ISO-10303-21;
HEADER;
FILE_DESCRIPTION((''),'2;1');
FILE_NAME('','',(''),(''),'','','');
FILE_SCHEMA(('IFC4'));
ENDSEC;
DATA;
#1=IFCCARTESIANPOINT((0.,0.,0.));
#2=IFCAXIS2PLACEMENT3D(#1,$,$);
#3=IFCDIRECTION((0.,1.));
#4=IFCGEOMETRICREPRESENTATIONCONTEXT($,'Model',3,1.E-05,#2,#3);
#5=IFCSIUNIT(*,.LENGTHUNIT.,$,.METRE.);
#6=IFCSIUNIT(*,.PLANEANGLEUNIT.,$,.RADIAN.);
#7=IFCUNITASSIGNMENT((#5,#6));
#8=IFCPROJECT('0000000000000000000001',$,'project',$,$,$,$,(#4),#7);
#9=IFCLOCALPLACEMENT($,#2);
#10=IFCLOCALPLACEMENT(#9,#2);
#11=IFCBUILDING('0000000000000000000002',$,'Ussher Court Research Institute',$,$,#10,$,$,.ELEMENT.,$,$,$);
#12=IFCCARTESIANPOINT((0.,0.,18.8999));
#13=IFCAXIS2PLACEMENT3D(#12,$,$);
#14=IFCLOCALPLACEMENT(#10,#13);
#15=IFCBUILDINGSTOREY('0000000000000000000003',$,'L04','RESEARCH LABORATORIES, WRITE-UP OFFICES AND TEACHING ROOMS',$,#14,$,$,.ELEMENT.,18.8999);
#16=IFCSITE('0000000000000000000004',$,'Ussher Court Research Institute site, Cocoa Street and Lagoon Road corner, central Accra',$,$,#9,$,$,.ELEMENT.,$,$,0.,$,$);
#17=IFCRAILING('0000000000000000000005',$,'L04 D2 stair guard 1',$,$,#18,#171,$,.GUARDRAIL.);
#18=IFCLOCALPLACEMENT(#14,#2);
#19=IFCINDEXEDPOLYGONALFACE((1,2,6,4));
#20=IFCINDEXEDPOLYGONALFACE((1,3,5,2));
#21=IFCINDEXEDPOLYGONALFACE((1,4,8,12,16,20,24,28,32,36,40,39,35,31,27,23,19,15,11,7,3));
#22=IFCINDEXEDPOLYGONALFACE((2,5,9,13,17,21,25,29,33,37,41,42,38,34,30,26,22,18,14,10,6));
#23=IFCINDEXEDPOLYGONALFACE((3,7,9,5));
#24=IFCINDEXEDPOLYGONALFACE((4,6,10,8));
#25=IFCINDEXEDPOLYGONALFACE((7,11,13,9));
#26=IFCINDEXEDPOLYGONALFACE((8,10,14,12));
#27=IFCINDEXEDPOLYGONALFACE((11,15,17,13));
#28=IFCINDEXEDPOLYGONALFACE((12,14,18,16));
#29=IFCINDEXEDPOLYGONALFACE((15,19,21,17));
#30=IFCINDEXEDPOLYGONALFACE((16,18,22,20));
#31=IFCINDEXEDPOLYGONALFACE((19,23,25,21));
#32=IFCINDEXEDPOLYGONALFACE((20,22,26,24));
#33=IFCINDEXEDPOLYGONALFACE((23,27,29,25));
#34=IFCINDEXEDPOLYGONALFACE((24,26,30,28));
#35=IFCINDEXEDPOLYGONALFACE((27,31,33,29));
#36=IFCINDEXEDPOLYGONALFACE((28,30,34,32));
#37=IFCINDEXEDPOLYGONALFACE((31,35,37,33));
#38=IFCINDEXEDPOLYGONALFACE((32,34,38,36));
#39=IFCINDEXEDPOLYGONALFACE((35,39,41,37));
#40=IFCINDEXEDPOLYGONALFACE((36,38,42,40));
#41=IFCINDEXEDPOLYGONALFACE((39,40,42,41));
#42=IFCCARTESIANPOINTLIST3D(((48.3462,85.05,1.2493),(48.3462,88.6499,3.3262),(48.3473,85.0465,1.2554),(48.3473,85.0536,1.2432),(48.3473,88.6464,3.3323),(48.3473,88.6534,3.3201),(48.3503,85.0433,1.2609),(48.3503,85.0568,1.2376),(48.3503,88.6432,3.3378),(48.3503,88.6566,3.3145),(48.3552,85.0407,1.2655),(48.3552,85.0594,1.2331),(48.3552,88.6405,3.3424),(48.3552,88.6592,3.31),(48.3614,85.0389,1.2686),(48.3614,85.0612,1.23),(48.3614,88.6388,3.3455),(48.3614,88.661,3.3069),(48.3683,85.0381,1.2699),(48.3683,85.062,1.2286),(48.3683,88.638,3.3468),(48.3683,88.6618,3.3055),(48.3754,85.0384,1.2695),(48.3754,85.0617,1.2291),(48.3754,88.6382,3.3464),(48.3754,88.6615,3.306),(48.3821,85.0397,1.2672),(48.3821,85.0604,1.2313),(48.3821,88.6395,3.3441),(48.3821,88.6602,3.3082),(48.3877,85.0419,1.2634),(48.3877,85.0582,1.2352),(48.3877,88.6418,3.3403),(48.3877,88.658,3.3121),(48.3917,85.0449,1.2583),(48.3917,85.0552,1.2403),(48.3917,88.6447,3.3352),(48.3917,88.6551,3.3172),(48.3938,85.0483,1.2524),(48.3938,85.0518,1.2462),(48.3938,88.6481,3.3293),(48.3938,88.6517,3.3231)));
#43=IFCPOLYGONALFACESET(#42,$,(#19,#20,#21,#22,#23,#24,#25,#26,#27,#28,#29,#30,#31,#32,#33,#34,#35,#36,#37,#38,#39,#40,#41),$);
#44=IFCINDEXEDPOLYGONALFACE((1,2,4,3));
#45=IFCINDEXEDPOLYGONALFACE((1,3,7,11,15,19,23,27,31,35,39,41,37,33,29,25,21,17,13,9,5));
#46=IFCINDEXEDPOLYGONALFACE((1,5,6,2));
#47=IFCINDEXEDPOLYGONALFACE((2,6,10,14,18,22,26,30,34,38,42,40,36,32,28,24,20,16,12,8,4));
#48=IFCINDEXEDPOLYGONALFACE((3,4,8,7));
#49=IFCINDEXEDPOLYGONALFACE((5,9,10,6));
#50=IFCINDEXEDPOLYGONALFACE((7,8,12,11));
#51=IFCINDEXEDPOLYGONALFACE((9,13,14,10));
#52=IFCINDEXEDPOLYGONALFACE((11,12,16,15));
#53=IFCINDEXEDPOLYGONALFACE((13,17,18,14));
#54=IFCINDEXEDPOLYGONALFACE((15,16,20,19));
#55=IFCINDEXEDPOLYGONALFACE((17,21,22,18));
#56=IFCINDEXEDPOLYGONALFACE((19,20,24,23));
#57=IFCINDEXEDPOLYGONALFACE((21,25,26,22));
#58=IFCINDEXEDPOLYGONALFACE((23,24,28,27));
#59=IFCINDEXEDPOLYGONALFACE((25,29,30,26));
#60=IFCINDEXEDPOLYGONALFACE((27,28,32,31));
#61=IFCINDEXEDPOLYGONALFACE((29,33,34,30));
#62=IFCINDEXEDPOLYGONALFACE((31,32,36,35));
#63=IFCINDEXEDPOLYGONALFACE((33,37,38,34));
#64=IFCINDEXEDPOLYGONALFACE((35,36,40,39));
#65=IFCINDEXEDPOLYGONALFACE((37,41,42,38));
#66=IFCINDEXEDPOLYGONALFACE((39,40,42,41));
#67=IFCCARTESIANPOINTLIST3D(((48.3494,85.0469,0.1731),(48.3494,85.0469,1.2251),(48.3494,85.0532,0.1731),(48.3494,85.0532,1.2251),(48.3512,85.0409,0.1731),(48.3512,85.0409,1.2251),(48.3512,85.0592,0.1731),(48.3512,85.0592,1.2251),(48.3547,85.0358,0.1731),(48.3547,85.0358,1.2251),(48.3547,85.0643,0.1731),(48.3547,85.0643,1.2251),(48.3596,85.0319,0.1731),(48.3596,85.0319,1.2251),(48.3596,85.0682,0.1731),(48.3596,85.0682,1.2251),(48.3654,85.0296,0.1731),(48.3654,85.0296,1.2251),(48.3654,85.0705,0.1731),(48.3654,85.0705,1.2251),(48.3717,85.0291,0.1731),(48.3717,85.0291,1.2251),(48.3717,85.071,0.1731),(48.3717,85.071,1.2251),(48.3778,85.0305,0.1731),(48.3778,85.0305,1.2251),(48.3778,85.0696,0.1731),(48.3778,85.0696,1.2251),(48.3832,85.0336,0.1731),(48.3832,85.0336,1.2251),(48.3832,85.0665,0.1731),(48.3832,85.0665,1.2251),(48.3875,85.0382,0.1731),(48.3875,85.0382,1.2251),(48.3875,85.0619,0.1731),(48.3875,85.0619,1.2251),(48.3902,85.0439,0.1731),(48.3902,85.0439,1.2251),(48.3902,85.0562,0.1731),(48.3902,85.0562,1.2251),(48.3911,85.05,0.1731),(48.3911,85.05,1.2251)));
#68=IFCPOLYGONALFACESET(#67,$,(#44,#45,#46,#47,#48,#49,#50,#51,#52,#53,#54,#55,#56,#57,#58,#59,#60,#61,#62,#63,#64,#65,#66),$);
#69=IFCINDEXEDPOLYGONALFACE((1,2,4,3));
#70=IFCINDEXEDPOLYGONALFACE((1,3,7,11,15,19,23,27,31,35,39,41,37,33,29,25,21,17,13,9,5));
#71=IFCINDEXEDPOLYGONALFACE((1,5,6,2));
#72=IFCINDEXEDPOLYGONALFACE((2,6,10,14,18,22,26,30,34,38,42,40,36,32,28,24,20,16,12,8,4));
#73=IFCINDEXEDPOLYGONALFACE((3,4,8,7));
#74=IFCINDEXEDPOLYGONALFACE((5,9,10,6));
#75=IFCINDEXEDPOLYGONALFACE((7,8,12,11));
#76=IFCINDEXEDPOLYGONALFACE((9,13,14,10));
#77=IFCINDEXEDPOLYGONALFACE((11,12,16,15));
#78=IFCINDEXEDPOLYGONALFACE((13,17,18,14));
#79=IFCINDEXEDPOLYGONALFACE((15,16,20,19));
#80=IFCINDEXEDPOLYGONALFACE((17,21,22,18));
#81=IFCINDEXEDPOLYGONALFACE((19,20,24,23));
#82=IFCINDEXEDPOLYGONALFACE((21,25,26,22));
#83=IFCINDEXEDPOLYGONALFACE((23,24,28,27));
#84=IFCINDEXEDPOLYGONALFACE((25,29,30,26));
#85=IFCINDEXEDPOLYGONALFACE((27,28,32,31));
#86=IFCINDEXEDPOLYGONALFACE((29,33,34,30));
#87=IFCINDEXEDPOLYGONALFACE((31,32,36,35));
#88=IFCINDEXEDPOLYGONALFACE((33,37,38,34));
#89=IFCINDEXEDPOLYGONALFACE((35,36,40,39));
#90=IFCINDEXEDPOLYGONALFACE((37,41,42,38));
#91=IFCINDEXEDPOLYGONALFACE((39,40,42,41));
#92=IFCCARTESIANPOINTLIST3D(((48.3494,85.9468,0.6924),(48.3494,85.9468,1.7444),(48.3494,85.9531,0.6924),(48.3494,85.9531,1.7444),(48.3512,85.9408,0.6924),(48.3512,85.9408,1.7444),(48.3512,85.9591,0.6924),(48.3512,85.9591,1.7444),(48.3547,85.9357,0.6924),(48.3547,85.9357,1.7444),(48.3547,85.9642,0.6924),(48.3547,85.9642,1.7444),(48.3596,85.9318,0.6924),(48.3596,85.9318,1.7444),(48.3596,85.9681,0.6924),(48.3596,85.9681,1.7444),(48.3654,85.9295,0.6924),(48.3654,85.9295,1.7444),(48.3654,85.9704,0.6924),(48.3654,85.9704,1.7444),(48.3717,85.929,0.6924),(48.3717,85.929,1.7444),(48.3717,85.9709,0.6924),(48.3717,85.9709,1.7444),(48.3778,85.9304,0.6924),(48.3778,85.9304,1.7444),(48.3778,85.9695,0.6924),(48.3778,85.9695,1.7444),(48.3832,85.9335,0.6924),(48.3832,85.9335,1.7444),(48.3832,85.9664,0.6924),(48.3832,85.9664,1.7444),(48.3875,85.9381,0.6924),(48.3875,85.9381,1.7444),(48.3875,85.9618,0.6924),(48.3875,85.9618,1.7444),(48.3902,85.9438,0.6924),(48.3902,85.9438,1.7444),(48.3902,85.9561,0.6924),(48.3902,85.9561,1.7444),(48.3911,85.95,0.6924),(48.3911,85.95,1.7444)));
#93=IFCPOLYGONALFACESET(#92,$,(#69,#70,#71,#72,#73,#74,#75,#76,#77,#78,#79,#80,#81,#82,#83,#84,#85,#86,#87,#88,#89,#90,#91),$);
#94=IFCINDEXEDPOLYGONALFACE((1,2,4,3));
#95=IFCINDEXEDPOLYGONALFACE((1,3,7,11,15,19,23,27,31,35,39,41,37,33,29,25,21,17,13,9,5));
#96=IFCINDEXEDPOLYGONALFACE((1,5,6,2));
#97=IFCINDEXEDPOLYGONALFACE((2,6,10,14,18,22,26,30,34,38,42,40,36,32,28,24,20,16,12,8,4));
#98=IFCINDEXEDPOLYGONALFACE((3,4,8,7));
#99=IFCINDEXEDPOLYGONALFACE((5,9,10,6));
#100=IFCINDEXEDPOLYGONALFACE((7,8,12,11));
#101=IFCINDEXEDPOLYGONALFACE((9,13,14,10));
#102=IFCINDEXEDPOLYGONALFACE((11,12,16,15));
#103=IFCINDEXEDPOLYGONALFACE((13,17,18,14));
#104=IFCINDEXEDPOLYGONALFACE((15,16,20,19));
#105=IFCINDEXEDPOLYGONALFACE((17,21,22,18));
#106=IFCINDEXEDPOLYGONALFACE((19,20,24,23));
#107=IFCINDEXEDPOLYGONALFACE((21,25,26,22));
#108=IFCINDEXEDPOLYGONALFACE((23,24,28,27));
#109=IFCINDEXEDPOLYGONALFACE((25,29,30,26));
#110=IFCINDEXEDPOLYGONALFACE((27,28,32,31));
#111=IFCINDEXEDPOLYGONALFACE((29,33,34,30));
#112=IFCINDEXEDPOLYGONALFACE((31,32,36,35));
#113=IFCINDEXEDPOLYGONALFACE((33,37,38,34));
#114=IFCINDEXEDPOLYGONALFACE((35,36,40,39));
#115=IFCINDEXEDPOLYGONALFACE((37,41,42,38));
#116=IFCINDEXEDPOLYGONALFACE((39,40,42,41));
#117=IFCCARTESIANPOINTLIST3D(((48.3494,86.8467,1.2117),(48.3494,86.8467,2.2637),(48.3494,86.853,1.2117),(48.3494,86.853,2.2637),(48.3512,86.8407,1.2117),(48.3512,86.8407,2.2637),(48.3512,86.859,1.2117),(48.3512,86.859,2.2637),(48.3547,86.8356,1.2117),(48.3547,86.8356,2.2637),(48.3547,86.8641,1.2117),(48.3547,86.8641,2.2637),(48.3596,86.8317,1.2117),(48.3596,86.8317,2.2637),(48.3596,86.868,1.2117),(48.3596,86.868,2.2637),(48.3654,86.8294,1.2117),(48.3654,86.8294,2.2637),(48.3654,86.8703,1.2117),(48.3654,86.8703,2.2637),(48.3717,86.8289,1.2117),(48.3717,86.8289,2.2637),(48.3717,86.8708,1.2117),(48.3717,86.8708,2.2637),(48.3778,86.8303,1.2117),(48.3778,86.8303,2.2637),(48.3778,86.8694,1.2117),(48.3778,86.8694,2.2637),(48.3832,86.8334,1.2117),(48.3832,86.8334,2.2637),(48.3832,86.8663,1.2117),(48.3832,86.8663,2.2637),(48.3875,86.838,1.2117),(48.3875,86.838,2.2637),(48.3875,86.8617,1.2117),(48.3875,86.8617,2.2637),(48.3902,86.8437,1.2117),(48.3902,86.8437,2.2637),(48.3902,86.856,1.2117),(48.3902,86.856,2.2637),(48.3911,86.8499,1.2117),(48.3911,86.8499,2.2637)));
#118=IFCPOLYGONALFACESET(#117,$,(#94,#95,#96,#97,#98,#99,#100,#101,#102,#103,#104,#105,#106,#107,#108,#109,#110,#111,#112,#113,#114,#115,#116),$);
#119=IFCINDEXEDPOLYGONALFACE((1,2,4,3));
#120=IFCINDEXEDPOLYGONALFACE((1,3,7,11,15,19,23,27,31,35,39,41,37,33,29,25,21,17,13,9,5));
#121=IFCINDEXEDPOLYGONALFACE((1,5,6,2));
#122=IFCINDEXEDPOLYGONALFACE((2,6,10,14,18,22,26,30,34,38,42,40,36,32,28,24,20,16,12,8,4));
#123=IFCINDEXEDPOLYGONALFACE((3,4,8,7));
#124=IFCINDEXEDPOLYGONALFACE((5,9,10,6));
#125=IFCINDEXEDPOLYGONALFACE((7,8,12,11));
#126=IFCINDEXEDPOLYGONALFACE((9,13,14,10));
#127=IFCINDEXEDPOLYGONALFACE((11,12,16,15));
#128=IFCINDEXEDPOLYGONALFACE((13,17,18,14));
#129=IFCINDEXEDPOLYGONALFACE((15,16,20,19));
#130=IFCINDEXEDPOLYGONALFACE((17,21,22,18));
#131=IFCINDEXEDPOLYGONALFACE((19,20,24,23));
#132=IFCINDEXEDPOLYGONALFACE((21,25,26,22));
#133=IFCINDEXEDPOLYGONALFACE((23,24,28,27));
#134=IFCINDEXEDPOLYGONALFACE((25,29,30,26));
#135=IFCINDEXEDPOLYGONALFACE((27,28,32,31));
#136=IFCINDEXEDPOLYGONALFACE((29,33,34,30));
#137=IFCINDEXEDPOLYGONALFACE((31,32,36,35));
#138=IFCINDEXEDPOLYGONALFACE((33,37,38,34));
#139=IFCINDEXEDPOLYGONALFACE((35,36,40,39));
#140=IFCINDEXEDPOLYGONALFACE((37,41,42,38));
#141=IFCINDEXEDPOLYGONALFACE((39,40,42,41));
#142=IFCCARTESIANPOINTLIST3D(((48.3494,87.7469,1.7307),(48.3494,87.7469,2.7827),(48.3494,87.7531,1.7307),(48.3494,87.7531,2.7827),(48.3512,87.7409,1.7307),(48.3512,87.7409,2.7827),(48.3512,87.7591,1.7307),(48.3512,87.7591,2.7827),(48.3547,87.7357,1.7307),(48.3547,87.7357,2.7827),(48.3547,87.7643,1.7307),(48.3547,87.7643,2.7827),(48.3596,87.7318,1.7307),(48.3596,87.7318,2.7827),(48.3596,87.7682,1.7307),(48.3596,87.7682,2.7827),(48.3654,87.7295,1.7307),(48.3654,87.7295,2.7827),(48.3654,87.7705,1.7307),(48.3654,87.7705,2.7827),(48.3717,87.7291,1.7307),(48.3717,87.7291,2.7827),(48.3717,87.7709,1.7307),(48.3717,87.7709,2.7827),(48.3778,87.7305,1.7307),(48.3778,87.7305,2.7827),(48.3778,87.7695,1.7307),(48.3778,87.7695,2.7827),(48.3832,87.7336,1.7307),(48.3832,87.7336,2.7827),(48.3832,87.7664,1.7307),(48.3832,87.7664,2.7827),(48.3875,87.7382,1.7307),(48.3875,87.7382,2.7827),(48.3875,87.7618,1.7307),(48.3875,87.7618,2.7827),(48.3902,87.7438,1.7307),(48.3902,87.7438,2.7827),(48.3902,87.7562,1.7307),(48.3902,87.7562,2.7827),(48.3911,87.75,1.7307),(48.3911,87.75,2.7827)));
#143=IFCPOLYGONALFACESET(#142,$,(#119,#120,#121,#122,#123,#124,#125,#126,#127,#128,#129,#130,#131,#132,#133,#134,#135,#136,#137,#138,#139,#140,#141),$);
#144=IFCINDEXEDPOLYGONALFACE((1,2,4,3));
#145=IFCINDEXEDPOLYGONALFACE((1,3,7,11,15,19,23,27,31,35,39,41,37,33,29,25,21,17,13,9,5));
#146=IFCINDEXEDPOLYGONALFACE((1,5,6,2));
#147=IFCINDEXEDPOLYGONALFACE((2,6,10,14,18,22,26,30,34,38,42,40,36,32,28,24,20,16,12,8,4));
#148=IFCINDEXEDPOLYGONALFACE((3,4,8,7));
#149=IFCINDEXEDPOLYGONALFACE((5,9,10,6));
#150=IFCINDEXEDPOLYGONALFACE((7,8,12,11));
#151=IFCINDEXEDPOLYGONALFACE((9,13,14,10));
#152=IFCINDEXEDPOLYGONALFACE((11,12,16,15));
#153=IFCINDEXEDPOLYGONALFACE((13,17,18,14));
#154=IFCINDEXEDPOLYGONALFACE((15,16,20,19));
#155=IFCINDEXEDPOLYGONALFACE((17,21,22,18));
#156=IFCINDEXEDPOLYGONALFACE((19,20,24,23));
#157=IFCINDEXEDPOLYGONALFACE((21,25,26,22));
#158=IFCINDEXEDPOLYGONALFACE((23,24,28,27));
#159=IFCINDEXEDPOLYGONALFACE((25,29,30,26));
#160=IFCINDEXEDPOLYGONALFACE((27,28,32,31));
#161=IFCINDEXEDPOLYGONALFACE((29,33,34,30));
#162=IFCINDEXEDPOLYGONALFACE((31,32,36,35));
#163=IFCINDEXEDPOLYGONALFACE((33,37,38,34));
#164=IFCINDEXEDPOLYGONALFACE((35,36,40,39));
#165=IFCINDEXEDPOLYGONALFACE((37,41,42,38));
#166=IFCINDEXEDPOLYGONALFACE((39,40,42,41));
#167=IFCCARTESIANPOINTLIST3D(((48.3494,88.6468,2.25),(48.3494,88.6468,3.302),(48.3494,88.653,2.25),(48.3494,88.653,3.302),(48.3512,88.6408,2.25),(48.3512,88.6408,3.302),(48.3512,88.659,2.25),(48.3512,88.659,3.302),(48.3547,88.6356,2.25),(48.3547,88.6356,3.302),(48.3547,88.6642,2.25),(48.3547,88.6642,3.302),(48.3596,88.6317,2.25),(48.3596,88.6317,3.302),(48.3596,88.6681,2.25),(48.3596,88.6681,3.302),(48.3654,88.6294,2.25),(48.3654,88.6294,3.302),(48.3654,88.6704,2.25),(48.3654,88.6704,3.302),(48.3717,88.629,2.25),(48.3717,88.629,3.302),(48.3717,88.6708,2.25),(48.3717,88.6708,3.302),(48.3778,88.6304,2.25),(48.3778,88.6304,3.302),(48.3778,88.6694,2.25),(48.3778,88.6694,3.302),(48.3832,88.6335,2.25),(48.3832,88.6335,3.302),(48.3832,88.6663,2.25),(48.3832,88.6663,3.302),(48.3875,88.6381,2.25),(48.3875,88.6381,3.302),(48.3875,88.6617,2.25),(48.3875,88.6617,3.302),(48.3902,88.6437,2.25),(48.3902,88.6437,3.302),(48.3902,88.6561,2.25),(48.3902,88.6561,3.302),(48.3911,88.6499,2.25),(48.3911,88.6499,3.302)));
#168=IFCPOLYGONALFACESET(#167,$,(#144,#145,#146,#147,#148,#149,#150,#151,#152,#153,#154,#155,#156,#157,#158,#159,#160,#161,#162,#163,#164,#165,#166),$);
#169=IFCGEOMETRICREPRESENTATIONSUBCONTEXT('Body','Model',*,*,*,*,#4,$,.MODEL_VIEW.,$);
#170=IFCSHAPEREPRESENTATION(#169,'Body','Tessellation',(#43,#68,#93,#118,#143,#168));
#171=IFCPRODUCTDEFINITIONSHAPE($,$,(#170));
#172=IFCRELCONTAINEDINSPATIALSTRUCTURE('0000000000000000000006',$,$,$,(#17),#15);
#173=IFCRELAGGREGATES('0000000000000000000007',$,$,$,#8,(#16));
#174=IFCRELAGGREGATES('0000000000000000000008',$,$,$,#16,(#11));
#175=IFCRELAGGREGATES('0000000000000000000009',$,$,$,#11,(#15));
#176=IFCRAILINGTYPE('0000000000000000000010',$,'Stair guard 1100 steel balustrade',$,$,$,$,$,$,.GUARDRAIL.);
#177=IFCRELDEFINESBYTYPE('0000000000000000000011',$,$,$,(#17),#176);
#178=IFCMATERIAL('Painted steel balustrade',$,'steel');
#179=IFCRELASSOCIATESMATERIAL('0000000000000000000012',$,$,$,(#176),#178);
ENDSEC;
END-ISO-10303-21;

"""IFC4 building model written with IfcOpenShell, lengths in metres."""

from ifc_helpers import new_model, si_unit, direction, frame, origin, origin_2d, place, context, subcontext, project, spatial, circle, extrude, material, type_object, element, save


model = new_model("IFC4")

# Units and contexts
model_context = context("Model", 3, precision=1e-05, world=origin(), true_north=direction((0.0, 1.0)))
body_context = subcontext(model_context, "Body", "Model", "MODEL_VIEW")
ifc_project = project(units=[si_unit("LENGTHUNIT", "METRE"), si_unit("PLANEANGLEUNIT", "RADIAN")], contexts=[model_context])

# Site, building, storey
site_placement = place(None, origin())
site = spatial("IfcSite", under=ifc_project, at=site_placement, Name="Ussher Court Research Institute site, Cocoa Street and Lagoon Road corner, central Accra", CompositionType="ELEMENT", RefElevation=0.0)
building_placement = place(site_placement, origin())
building = spatial("IfcBuilding", under=site, at=building_placement, Name="Ussher Court Research Institute", CompositionType="ELEMENT")
storey_placement = place(building_placement, frame((0.0, 0.0, 18.8999)))
storey = spatial("IfcBuildingStorey", under=building, at=storey_placement, Name="L04", Description="RESEARCH LABORATORIES, WRITE-UP OFFICES AND TEACHING ROOMS", CompositionType="ELEMENT", Elevation=18.8999)

# Railing
ifc_material_1 = material(Name="Painted steel balustrade", Category="steel")
railing_type_1 = type_object("IfcRailingType", Name="Stair guard 1100 steel balustrade", PredefinedType="GUARDRAIL", material=ifc_material_1)
railing_1_placement = place(storey_placement, frame((48.3701, 85.05, 0.1731)))
element("IfcRailing", 1, at=railing_1_placement, inside=storey, type_object=railing_type_1, Name="L04 D2 stair guard 1", PredefinedType="GUARDRAIL", context=body_context, shape_type="SweptSolid", body=[
    extrude(circle(Radius=0.0239, at=origin_2d()), frame((0.0, 0.0, 1.0762), z_axis=(0.0, 0.866179, 0.499734), x_axis=(-1.0, 0.0, 0.0)), (0.0, 0.0, 1.0), 4.156),
    extrude(circle(Radius=0.021, at=origin_2d()), origin(), (0.0, 0.0, 1.0), 1.052),
    extrude(circle(Radius=0.021, at=origin_2d()), frame((0.0, 0.8999, 0.5193)), (0.0, 0.0, 1.0), 1.052),
    extrude(circle(Radius=0.021, at=origin_2d()), frame((0.0, 1.7998, 1.0386)), (0.0, 0.0, 1.0), 1.052),
    extrude(circle(Radius=0.021, at=origin_2d()), frame((0.0, 2.7, 1.5576)), (0.0, 0.0, 1.0), 1.052),
    extrude(circle(Radius=0.021, at=origin_2d()), frame((0.0, 3.5999, 2.0769)), (0.0, 0.0, 1.0), 1.052),
])

save(model, "model.ifc")
